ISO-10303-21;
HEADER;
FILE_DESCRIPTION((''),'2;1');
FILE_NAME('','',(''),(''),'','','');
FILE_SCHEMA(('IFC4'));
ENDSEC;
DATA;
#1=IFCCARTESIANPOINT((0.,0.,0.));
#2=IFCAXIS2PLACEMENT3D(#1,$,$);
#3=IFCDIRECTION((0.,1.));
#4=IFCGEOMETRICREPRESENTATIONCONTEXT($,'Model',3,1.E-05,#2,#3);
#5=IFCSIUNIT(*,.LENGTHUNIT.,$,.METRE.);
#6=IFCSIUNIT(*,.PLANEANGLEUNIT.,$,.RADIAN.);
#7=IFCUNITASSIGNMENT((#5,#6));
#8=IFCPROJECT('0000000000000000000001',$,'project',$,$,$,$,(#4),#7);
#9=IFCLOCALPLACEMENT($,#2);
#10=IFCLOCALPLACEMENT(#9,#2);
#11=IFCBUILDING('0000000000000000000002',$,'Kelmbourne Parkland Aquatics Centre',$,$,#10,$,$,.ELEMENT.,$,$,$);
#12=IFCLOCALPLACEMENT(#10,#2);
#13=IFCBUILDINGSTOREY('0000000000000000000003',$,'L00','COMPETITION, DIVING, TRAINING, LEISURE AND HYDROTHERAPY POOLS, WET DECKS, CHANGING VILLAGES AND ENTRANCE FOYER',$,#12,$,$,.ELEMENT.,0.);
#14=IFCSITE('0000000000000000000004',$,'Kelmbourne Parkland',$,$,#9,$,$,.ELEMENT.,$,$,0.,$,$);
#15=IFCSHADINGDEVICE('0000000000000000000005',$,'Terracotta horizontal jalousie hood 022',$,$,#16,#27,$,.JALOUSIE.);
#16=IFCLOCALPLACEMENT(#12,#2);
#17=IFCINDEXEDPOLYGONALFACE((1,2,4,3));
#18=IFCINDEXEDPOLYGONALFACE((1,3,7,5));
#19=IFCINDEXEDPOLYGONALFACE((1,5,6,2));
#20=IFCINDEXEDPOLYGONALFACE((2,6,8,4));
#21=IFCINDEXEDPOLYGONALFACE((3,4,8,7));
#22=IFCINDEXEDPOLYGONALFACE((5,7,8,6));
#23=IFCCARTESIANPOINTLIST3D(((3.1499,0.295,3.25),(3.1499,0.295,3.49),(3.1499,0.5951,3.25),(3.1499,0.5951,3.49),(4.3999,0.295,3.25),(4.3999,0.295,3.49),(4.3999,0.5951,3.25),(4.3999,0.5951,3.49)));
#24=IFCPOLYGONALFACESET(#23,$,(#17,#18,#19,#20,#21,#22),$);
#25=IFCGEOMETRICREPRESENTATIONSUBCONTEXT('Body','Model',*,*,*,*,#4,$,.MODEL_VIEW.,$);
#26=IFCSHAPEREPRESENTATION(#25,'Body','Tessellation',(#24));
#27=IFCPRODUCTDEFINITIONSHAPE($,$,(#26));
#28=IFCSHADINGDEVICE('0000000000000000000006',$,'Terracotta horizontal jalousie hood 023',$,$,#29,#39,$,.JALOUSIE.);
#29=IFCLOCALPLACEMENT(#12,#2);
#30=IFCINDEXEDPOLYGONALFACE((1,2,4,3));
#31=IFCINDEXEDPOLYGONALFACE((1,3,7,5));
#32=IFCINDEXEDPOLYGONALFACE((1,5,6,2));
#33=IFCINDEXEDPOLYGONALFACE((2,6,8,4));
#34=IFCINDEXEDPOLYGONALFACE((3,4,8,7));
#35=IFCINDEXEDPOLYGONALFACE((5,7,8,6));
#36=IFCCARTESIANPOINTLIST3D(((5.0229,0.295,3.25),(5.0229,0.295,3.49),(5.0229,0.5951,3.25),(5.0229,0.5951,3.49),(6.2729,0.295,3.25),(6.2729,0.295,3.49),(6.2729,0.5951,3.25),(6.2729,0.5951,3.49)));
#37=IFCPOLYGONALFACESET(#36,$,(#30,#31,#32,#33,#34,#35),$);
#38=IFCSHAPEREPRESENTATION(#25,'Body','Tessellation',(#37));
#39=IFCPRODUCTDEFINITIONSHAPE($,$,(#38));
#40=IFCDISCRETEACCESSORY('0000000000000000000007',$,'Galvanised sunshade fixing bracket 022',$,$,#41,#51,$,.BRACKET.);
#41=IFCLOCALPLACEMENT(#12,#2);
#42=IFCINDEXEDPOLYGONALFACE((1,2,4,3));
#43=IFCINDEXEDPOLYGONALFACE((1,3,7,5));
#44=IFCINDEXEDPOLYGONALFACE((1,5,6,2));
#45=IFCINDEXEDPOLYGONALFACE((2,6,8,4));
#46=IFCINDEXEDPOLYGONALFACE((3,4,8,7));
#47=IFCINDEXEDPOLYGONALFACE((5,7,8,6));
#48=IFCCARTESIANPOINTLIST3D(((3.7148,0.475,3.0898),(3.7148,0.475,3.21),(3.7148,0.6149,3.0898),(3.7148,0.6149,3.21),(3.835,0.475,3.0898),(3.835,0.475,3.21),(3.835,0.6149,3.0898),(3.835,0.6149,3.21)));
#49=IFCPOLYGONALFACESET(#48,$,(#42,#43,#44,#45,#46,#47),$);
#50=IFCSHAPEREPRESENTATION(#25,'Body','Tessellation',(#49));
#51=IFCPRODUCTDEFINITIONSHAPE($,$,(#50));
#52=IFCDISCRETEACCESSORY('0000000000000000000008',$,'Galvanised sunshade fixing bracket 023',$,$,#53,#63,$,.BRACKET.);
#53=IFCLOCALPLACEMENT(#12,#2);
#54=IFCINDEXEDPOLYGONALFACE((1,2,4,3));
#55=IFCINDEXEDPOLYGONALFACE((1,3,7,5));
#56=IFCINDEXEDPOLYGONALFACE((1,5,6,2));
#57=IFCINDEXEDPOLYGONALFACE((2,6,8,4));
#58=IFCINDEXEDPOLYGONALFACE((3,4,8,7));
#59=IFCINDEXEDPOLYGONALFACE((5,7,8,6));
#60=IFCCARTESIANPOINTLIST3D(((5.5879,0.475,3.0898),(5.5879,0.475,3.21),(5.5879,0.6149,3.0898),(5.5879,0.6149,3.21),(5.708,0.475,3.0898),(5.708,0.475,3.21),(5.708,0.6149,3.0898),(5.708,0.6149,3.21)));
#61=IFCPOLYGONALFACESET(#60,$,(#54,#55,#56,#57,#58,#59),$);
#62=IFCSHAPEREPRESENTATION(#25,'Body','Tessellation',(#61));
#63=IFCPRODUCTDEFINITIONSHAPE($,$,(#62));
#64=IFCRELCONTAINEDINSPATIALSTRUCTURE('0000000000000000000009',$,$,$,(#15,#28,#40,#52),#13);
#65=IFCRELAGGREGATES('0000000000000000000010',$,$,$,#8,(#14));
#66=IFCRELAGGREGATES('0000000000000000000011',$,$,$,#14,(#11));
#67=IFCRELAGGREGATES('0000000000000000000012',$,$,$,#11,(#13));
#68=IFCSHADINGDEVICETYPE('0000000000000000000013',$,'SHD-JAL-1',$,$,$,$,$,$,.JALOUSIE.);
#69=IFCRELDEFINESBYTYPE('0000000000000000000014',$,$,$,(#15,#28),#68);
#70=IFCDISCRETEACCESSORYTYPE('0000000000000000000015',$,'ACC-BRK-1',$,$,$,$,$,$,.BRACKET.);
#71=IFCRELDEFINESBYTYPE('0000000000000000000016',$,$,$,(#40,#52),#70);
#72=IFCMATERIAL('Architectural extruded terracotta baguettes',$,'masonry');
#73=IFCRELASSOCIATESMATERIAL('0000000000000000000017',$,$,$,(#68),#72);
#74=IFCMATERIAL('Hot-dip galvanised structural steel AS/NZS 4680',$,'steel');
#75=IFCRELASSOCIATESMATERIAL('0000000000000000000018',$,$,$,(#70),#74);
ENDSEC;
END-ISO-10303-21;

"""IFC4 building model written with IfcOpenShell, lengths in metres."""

from ifc_helpers import new_model, si_unit, direction, frame, origin, origin_2d, place, context, subcontext, project, spatial, rectangle, extrude, material, type_object, element, save


model = new_model("IFC4")

# Units and contexts
model_context = context("Model", 3, precision=1e-05, world=origin(), true_north=direction((0.0, 1.0)))
body_context = subcontext(model_context, "Body", "Model", "MODEL_VIEW")
ifc_project = project(units=[si_unit("LENGTHUNIT", "METRE"), si_unit("PLANEANGLEUNIT", "RADIAN")], contexts=[model_context])

# Site, building, storey
site_placement = place(None, origin())
site = spatial("IfcSite", under=ifc_project, at=site_placement, Name="Kelmbourne Parkland", CompositionType="ELEMENT", RefElevation=0.0)
building_placement = place(site_placement, origin())
building = spatial("IfcBuilding", under=site, at=building_placement, Name="Kelmbourne Parkland Aquatics Centre", CompositionType="ELEMENT")
storey_placement = place(building_placement, origin())
storey = spatial("IfcBuildingStorey", under=building, at=storey_placement, Name="L00", Description="COMPETITION, DIVING, TRAINING, LEISURE AND HYDROTHERAPY POOLS, WET DECKS, CHANGING VILLAGES AND ENTRANCE FOYER", CompositionType="ELEMENT", Elevation=0.0)

# Shading devices
ifc_material_1 = material(Name="Architectural extruded terracotta baguettes", Category="masonry")
shading_device_type = type_object("IfcShadingDeviceType", Name="SHD-JAL-1", PredefinedType="JALOUSIE", material=ifc_material_1)
for number, where, z_axis, x_axis, name in (
    (1, (3.7749, 0.4451, 3.25), (0.0, 0.0, 1.0), (1.0, 0.0, 0.0), "Terracotta horizontal jalousie hood 022"),
    (2, (5.6479, 0.4451, 3.25), (0.0, 0.0, 1.0), (1.0, 0.0, 0.0), "Terracotta horizontal jalousie hood 023"),
):
    element("IfcShadingDevice", number, at=place(storey_placement, frame(where, z_axis=z_axis, x_axis=x_axis)), inside=storey, type_object=shading_device_type, Name=name, PredefinedType="JALOUSIE", context=body_context, shape_type="SweptSolid", body=[
        extrude(rectangle(XDim=1.25, YDim=0.3, at=origin_2d()), origin(), (0.0, 0.0, 1.0), 0.24),
    ])

# Discrete accessories
ifc_material_2 = material(Name="Hot-dip galvanised structural steel AS/NZS 4680", Category="steel")
discrete_accessory_type = type_object("IfcDiscreteAccessoryType", Name="ACC-BRK-1", PredefinedType="BRACKET", material=ifc_material_2)
for number, where, z_axis, x_axis, name in (
    (3, (3.7749, 0.5449, 3.0898), (0.0, 0.0, 1.0), (1.0, 0.0, 0.0), "Galvanised sunshade fixing bracket 022"),
    (4, (5.6479, 0.5449, 3.0898), (0.0, 0.0, 1.0), (1.0, 0.0, 0.0), "Galvanised sunshade fixing bracket 023"),
):
    element("IfcDiscreteAccessory", number, at=place(storey_placement, frame(where, z_axis=z_axis, x_axis=x_axis)), inside=storey, type_object=discrete_accessory_type, Name=name, PredefinedType="BRACKET", context=body_context, shape_type="SweptSolid", body=[
        extrude(rectangle(XDim=0.1201, YDim=0.1399, at=origin_2d()), origin(), (0.0, 0.0, 1.0), 0.1201),
    ])

save(model, "model.ifc")
